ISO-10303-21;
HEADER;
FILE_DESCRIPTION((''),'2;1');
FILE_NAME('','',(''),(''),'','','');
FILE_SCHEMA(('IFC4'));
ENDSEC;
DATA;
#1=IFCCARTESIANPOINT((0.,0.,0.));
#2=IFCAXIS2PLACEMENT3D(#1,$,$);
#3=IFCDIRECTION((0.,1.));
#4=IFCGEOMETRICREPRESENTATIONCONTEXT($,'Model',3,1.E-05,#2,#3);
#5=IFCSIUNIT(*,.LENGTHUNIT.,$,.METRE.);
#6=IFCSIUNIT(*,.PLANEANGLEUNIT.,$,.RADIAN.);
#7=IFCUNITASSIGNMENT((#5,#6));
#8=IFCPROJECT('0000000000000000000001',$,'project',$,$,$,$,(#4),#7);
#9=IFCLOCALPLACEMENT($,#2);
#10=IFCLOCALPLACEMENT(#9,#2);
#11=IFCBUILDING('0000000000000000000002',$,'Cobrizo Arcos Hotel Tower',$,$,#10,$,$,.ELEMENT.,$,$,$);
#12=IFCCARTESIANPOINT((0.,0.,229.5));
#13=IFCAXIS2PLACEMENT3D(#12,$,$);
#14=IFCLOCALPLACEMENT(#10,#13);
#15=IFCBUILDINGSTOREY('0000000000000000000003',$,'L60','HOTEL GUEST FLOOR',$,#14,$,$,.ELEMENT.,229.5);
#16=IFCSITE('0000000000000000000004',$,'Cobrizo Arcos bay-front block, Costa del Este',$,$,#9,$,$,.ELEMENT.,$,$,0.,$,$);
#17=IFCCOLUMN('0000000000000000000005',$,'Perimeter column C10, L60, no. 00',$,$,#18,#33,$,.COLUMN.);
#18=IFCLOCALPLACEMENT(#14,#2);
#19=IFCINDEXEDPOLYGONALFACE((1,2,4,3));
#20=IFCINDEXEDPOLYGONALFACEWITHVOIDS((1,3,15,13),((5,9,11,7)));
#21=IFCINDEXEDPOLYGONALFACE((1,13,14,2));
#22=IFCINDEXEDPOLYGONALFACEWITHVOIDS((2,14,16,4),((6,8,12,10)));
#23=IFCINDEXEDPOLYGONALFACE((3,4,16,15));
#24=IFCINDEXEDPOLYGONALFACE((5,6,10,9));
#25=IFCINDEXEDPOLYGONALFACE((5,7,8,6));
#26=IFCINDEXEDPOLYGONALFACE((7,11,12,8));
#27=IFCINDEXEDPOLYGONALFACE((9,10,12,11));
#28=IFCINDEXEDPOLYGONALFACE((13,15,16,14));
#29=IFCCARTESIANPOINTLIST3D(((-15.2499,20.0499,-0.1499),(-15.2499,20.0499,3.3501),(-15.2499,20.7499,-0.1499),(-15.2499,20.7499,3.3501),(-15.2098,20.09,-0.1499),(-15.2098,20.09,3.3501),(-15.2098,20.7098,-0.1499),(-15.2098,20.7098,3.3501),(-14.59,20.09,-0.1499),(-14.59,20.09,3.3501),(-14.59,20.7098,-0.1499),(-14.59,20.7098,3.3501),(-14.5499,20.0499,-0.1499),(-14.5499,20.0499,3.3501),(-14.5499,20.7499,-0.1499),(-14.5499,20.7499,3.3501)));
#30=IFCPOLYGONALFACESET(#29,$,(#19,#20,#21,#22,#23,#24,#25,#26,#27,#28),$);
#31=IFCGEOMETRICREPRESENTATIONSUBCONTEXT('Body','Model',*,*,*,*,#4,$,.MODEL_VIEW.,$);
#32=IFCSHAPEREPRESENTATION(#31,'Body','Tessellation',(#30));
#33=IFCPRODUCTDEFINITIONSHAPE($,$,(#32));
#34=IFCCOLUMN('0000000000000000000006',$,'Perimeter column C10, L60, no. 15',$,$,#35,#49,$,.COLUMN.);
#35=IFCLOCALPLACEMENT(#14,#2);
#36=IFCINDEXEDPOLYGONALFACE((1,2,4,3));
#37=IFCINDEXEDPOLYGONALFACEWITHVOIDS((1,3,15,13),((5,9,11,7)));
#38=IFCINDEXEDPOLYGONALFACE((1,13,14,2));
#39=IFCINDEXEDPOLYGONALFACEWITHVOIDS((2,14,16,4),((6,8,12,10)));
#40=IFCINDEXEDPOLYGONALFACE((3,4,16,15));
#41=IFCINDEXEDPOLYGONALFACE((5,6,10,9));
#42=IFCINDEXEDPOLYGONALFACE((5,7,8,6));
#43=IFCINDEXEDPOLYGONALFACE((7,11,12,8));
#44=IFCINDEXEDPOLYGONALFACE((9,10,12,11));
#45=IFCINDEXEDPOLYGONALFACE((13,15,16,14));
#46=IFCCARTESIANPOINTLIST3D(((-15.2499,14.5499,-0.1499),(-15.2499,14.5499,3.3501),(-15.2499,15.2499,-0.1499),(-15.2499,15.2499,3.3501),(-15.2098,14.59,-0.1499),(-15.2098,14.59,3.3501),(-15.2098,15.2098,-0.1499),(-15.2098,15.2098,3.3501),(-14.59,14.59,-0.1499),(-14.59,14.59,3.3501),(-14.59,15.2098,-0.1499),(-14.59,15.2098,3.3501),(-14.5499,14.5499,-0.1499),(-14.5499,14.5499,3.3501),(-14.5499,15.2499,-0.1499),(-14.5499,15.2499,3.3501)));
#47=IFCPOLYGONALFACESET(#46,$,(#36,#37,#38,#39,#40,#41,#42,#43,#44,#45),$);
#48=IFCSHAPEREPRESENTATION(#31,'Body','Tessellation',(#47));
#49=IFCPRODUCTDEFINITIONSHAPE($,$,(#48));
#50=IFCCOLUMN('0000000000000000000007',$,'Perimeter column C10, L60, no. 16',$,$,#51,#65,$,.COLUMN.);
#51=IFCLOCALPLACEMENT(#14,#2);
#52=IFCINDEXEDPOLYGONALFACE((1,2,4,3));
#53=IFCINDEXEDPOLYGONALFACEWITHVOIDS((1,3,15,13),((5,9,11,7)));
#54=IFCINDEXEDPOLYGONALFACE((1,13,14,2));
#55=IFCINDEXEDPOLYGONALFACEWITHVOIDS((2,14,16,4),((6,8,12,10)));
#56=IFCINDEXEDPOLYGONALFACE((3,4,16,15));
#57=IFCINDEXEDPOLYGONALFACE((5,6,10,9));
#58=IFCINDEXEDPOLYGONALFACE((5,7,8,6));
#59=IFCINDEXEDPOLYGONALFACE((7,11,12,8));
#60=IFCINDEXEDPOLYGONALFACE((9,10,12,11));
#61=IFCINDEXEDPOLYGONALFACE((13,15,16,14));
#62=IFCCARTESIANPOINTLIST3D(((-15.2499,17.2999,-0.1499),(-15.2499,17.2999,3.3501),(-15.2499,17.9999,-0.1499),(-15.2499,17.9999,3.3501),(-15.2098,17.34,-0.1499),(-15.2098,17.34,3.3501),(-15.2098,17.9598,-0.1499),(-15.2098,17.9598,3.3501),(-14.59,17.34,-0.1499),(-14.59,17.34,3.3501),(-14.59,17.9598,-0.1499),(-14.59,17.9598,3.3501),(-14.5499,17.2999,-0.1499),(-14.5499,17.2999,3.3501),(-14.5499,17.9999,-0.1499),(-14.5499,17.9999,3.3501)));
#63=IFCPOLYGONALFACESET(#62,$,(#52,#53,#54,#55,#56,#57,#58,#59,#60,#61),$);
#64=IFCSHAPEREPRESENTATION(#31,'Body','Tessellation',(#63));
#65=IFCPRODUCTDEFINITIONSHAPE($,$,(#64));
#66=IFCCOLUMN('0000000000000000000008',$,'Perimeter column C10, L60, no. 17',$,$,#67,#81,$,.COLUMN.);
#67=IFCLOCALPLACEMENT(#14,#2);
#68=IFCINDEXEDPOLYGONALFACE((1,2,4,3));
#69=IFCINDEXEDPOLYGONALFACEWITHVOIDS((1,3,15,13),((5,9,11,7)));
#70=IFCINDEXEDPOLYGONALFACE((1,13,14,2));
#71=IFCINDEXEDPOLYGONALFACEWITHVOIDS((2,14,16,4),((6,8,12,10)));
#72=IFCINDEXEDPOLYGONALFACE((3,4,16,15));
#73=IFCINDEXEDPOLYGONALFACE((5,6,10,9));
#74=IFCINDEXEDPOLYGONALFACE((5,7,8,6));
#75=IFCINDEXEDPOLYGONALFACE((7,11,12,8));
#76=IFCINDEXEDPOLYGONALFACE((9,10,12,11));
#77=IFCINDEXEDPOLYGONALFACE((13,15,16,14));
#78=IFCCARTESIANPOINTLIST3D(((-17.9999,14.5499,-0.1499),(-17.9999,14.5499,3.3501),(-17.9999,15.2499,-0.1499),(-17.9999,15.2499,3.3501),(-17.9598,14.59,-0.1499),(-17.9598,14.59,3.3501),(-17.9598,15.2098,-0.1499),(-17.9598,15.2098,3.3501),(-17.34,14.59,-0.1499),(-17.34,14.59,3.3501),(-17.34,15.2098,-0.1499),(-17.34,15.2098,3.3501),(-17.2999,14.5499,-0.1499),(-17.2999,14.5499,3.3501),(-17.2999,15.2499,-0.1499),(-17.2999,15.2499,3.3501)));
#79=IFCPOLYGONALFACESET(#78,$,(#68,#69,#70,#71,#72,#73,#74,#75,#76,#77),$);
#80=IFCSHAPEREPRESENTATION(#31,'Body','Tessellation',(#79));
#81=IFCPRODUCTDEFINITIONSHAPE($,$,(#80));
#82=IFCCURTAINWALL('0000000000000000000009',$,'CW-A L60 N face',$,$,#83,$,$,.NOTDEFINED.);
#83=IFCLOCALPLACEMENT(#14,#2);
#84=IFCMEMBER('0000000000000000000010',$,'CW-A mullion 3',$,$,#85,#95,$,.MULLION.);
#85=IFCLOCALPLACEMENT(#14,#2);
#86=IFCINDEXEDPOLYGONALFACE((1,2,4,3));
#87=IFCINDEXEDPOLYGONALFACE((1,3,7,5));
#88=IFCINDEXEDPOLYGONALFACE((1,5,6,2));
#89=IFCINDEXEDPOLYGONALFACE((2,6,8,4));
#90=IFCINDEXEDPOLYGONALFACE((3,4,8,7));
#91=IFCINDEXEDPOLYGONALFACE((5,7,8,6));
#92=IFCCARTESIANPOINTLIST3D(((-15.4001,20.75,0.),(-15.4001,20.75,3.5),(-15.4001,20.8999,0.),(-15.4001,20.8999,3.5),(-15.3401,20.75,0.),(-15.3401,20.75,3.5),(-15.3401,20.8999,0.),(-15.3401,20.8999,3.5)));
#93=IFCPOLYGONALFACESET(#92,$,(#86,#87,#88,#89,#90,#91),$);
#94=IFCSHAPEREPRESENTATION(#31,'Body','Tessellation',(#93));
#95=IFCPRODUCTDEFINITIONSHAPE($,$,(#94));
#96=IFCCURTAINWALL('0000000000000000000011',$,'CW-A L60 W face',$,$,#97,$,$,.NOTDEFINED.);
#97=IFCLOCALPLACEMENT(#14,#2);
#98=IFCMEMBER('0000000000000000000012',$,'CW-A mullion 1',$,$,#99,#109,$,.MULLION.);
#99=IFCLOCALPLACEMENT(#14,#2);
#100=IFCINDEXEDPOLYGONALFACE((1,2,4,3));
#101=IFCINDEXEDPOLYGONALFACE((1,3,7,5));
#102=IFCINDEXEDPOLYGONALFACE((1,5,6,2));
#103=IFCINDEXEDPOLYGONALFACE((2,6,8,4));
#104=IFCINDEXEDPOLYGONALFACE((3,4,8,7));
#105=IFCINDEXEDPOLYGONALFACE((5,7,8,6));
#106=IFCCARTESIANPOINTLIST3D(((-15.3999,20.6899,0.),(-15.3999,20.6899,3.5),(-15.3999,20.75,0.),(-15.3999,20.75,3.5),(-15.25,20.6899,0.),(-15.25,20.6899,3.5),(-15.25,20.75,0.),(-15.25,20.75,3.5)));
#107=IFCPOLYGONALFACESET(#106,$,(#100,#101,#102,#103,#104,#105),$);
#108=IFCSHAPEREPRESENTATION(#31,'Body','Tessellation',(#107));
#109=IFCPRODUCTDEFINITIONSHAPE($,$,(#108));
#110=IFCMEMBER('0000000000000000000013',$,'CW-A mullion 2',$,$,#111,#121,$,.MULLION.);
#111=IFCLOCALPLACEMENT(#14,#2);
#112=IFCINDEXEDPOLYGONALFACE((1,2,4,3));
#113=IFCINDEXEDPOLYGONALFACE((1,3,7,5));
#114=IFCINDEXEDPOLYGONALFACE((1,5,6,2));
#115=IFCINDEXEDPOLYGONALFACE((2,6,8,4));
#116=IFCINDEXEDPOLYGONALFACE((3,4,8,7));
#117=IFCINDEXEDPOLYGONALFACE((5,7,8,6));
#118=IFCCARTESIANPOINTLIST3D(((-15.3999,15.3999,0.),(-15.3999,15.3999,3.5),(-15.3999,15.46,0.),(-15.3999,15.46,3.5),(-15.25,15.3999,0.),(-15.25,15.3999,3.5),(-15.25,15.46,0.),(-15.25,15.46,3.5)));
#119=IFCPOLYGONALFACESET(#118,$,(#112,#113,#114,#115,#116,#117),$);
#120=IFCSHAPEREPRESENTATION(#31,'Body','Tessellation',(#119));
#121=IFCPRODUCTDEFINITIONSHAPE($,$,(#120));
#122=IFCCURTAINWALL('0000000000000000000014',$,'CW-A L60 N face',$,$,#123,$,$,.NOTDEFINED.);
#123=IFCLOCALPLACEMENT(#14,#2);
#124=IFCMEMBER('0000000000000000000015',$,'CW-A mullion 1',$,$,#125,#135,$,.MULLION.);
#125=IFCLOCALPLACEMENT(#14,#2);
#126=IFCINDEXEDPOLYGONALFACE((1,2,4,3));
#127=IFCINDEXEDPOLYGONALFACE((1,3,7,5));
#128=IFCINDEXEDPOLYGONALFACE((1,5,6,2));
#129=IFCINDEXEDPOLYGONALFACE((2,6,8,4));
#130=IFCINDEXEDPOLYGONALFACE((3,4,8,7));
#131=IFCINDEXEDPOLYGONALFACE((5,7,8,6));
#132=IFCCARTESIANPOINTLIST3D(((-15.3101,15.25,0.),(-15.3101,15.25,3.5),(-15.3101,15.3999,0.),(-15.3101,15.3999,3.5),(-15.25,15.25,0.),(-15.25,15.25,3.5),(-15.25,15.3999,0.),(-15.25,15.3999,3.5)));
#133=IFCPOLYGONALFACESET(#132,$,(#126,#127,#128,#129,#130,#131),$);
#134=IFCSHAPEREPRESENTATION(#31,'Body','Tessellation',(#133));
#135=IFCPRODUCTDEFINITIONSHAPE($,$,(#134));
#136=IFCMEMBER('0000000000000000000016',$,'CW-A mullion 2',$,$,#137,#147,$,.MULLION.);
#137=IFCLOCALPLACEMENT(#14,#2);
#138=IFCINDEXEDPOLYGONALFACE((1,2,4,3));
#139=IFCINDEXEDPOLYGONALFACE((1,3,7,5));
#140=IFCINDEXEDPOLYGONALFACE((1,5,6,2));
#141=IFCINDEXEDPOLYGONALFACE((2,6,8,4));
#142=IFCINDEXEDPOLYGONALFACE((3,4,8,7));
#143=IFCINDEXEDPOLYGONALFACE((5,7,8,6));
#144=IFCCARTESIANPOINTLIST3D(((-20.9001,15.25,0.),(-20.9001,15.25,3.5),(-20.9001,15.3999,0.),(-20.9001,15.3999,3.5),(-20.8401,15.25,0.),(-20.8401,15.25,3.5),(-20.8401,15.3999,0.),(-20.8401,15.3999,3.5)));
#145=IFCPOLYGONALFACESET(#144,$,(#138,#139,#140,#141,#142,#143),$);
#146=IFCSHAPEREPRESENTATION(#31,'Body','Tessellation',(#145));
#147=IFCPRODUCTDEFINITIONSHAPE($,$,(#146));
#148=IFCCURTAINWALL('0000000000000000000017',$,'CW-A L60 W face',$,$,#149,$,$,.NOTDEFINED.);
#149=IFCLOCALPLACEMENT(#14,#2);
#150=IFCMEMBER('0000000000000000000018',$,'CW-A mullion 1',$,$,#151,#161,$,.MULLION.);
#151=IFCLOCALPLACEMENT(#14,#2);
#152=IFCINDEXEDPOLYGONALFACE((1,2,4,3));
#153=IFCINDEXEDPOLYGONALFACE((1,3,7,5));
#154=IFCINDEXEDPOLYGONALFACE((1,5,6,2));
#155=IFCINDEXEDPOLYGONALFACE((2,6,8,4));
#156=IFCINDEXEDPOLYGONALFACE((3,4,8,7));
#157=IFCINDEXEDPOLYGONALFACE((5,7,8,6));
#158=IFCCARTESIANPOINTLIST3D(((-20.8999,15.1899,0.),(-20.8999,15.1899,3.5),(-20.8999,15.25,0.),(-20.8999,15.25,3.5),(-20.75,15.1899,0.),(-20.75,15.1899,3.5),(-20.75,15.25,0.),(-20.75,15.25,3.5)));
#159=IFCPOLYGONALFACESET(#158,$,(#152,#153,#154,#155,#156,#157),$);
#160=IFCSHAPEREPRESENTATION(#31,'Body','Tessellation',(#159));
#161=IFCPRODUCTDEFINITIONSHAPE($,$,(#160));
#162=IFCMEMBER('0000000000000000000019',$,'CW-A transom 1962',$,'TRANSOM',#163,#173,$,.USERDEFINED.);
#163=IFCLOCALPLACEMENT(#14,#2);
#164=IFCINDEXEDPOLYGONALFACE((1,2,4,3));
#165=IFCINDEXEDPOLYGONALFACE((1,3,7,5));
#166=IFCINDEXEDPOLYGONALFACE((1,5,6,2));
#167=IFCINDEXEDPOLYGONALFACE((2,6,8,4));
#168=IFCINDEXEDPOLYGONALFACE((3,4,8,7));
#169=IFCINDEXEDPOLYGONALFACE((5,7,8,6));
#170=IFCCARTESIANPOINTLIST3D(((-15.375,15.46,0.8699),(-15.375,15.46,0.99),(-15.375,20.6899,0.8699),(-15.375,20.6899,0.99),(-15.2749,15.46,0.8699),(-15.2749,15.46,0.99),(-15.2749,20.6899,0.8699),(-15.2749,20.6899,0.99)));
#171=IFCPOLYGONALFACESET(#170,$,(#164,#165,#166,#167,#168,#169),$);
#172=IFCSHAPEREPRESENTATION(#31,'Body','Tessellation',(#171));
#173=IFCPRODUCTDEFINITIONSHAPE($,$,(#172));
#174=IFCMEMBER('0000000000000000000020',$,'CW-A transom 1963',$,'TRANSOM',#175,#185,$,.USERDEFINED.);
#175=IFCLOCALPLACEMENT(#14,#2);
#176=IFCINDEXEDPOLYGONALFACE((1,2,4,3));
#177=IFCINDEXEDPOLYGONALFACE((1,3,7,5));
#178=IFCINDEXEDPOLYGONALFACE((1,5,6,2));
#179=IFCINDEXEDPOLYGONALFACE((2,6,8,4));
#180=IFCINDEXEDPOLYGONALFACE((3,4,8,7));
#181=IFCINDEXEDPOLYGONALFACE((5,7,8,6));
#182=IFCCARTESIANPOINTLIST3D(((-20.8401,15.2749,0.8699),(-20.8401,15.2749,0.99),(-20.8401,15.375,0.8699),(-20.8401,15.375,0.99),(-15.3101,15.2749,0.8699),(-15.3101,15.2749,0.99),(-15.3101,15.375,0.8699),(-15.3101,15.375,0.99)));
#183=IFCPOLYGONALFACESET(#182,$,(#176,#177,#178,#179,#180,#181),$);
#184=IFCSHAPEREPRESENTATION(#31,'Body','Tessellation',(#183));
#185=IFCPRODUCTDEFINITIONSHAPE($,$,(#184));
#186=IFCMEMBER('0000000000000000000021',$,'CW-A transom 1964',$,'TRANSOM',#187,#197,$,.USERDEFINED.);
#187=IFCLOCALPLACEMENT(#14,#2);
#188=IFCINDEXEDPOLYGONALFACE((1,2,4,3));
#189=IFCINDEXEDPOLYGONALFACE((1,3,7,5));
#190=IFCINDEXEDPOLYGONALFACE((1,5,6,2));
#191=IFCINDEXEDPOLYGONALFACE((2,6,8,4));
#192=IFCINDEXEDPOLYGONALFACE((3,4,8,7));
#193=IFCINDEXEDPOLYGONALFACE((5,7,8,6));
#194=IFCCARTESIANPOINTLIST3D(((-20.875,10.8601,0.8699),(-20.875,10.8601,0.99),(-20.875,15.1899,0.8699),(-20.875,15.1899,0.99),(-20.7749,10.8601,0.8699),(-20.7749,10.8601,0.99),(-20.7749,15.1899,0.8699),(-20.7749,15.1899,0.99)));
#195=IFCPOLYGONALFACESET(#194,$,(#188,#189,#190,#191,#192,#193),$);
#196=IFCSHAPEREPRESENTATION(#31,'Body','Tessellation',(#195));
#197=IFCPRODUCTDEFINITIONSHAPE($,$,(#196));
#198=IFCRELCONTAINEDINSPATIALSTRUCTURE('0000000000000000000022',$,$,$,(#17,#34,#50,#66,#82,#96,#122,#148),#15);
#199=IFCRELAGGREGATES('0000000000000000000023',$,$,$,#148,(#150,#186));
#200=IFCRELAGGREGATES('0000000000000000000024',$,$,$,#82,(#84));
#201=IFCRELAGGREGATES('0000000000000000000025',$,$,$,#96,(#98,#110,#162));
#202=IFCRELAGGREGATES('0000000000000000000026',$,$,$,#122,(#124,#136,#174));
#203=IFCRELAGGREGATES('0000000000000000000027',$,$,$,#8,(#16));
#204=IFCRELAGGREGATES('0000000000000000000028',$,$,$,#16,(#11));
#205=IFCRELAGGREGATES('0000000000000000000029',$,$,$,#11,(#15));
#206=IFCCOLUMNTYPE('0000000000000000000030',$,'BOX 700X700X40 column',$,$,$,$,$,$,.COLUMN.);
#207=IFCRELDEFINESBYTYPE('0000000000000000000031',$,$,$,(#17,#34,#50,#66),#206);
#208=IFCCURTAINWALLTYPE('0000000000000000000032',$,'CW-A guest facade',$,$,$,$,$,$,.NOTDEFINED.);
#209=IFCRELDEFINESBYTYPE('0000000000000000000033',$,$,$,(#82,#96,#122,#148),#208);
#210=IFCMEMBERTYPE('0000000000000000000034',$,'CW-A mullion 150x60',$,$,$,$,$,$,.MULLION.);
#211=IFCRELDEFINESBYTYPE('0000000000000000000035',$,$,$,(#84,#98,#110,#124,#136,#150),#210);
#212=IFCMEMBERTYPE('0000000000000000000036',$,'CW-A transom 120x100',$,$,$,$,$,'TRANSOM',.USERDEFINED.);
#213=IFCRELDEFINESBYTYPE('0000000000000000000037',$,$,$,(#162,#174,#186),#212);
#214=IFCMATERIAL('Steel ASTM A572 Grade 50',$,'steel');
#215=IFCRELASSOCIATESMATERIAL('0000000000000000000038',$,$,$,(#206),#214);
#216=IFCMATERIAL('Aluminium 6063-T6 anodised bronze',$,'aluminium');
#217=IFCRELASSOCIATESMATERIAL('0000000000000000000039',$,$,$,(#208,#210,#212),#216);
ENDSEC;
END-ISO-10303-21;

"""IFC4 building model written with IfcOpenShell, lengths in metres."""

from ifc_helpers import new_model, si_unit, direction, frame, origin, origin_2d, place, context, subcontext, project, spatial, rectangle, hollow_rectangle, extrude, material, material_profile, profile_set, type_object, element, aggregate, save


model = new_model("IFC4")

# Units and contexts
model_context = context("Model", 3, precision=1e-05, world=origin(), true_north=direction((0.0, 1.0)))
body_context = subcontext(model_context, "Body", "Model", "MODEL_VIEW")
ifc_project = project(units=[si_unit("LENGTHUNIT", "METRE"), si_unit("PLANEANGLEUNIT", "RADIAN")], contexts=[model_context])

# Site, building, storey
site_placement = place(None, origin())
site = spatial("IfcSite", under=ifc_project, at=site_placement, Name="Cobrizo Arcos bay-front block, Costa del Este", CompositionType="ELEMENT", RefElevation=0.0)
building_placement = place(site_placement, origin())
building = spatial("IfcBuilding", under=site, at=building_placement, Name="Cobrizo Arcos Hotel Tower", CompositionType="ELEMENT")
storey_placement = place(building_placement, frame((0.0, 0.0, 229.5)))
storey = spatial("IfcBuildingStorey", under=building, at=storey_placement, Name="L60", Description="HOTEL GUEST FLOOR", CompositionType="ELEMENT", Elevation=229.5)

# Columns
ifc_material_1 = material(Name="Steel ASTM A572 Grade 50", Category="steel")
ifc_material_profile_1 = material_profile(ifc_material_1, hollow_rectangle(XDim=0.7, YDim=0.7, WallThickness=0.04, at=origin_2d()), Name="BOX 700X700X40")
ifc_profile_set_1 = profile_set([ifc_material_profile_1], Name="Steel ASTM A572 Grade 50")
column_type = type_object("IfcColumnType", Name="BOX 700X700X40 column", PredefinedType="COLUMN", material=ifc_profile_set_1)
for number, where, z_axis, x_axis, name in (
    (1, (-14.8999, 20.3999, -0.1499), (0.0, 0.0, 1.0), (1.0, 0.0, 0.0), "Perimeter column C10, L60, no. 00"),
    (2, (-14.8999, 14.8999, -0.1499), (0.0, 0.0, 1.0), (1.0, 0.0, 0.0), "Perimeter column C10, L60, no. 15"),
    (3, (-14.8999, 17.6499, -0.1499), (0.0, 0.0, 1.0), (1.0, 0.0, 0.0), "Perimeter column C10, L60, no. 16"),
    (4, (-17.6499, 14.8999, -0.1499), (0.0, 0.0, 1.0), (1.0, 0.0, 0.0), "Perimeter column C10, L60, no. 17"),
):
    element("IfcColumn", number, at=place(storey_placement, frame(where, z_axis=z_axis, x_axis=x_axis)), inside=storey, type_object=column_type, Name=name, PredefinedType="COLUMN", context=body_context, shape_type="SweptSolid", body=[
        extrude(hollow_rectangle(XDim=0.7, YDim=0.7, WallThickness=0.04, at=origin_2d()), origin(), (0.0, 0.0, 1.0), 3.5),
    ])

# Curtain wall, member
ifc_material_2 = material(Name="Aluminium 6063-T6 anodised bronze", Category="aluminium")
curtain_wall_type = type_object("IfcCurtainWallType", Name="CW-A guest facade", PredefinedType="NOTDEFINED", material=ifc_material_2)
curtain_wall_1_placement = place(storey_placement, origin())
curtain_wall_1 = element("IfcCurtainWall", 5, at=curtain_wall_1_placement, inside=storey, type_object=curtain_wall_type, Name="CW-A L60 N face", PredefinedType="NOTDEFINED")
ifc_material_profile_2 = material_profile(ifc_material_2, rectangle(XDim=0.1499, YDim=0.0601, at=origin_2d()), Name="CW-A mullion 150x60")
ifc_profile_set_2 = profile_set([ifc_material_profile_2], Name="Aluminium 6063-T6 anodised bronze")
member_type_1 = type_object("IfcMemberType", Name="CW-A mullion 150x60", PredefinedType="MULLION", material=ifc_profile_set_2)
member_1_placement = place(storey_placement, frame((-15.3701, 20.825, 0.0), z_axis=(0.0, 0.0, 1.0), x_axis=(0.0, 1.0, 0.0)))
member_1 = element("IfcMember", 6, at=member_1_placement, type_object=member_type_1, Name="CW-A mullion 3", PredefinedType="MULLION", context=body_context, shape_type="SweptSolid", body=[
    extrude(rectangle(XDim=0.1499, YDim=0.0601, at=origin_2d()), origin(), (0.0, 0.0, 1.0), 3.5),
])

# Curtain walls, members
curtain_wall_2_placement = place(storey_placement, origin())
curtain_wall_2 = element("IfcCurtainWall", 7, at=curtain_wall_2_placement, inside=storey, type_object=curtain_wall_type, Name="CW-A L60 W face", PredefinedType="NOTDEFINED")
member_2_placement = place(storey_placement, frame((-15.325, 20.72, 0.0), z_axis=(0.0, 0.0, 1.0), x_axis=(-1.0, 0.0, 0.0)))
member_2 = element("IfcMember", 8, at=member_2_placement, type_object=member_type_1, Name="CW-A mullion 1", PredefinedType="MULLION", context=body_context, shape_type="SweptSolid", body=[
    extrude(rectangle(XDim=0.1499, YDim=0.0601, at=origin_2d()), origin(), (0.0, 0.0, 1.0), 3.5),
])
member_3_placement = place(storey_placement, frame((-15.325, 15.4299, 0.0), z_axis=(0.0, 0.0, 1.0), x_axis=(-1.0, 0.0, 0.0)))
member_3 = element("IfcMember", 9, at=member_3_placement, type_object=member_type_1, Name="CW-A mullion 2", PredefinedType="MULLION", context=body_context, shape_type="SweptSolid", body=[
    extrude(rectangle(XDim=0.1499, YDim=0.0601, at=origin_2d()), origin(), (0.0, 0.0, 1.0), 3.5),
])
curtain_wall_3_placement = place(storey_placement, origin())
curtain_wall_3 = element("IfcCurtainWall", 10, at=curtain_wall_3_placement, inside=storey, type_object=curtain_wall_type, Name="CW-A L60 N face", PredefinedType="NOTDEFINED")
member_4_placement = place(storey_placement, frame((-15.28, 15.325, 0.0), z_axis=(0.0, 0.0, 1.0), x_axis=(0.0, 1.0, 0.0)))
member_4 = element("IfcMember", 11, at=member_4_placement, type_object=member_type_1, Name="CW-A mullion 1", PredefinedType="MULLION", context=body_context, shape_type="SweptSolid", body=[
    extrude(rectangle(XDim=0.1499, YDim=0.0601, at=origin_2d()), origin(), (0.0, 0.0, 1.0), 3.5),
])
member_5_placement = place(storey_placement, frame((-20.8701, 15.325, 0.0), z_axis=(0.0, 0.0, 1.0), x_axis=(0.0, 1.0, 0.0)))
member_5 = element("IfcMember", 12, at=member_5_placement, type_object=member_type_1, Name="CW-A mullion 2", PredefinedType="MULLION", context=body_context, shape_type="SweptSolid", body=[
    extrude(rectangle(XDim=0.1499, YDim=0.0601, at=origin_2d()), origin(), (0.0, 0.0, 1.0), 3.5),
])

# Curtain wall, member
curtain_wall_4_placement = place(storey_placement, origin())
curtain_wall_4 = element("IfcCurtainWall", 13, at=curtain_wall_4_placement, inside=storey, type_object=curtain_wall_type, Name="CW-A L60 W face", PredefinedType="NOTDEFINED")
member_6_placement = place(storey_placement, frame((-20.825, 15.22, 0.0), z_axis=(0.0, 0.0, 1.0), x_axis=(-1.0, 0.0, 0.0)))
member_6 = element("IfcMember", 14, at=member_6_placement, type_object=member_type_1, Name="CW-A mullion 1", PredefinedType="MULLION", context=body_context, shape_type="SweptSolid", body=[
    extrude(rectangle(XDim=0.1499, YDim=0.0601, at=origin_2d()), origin(), (0.0, 0.0, 1.0), 3.5),
])

# Members
ifc_material_profile_3 = material_profile(ifc_material_2, rectangle(XDim=0.1001, YDim=0.1201, at=origin_2d()), Name="CW-A transom 120x100")
ifc_profile_set_3 = profile_set([ifc_material_profile_3], Name="Aluminium 6063-T6 anodised bronze")
member_type_2 = type_object("IfcMemberType", Name="CW-A transom 120x100", ElementType="TRANSOM", PredefinedType="USERDEFINED", material=ifc_profile_set_3)
member_7_placement = place(storey_placement, frame((-15.325, 20.6899, 0.9299), z_axis=(0.0, -1.0, 0.0), x_axis=(1.0, 0.0, 0.0)))
member_7 = element("IfcMember", 15, at=member_7_placement, type_object=member_type_2, Name="CW-A transom 1962", ObjectType="TRANSOM", PredefinedType="USERDEFINED", context=body_context, shape_type="SweptSolid", body=[
    extrude(rectangle(XDim=0.1001, YDim=0.1201, at=origin_2d()), origin(), (0.0, 0.0, 1.0), 5.23),
])
member_8_placement = place(storey_placement, frame((-15.3101, 15.325, 0.9299), z_axis=(-1.0, 0.0, 0.0), x_axis=(0.0, -1.0, 0.0)))
member_8 = element("IfcMember", 16, at=member_8_placement, type_object=member_type_2, Name="CW-A transom 1963", ObjectType="TRANSOM", PredefinedType="USERDEFINED", context=body_context, shape_type="SweptSolid", body=[
    extrude(rectangle(XDim=0.1001, YDim=0.1201, at=origin_2d()), origin(), (0.0, 0.0, 1.0), 5.53),
])
member_9_placement = place(storey_placement, frame((-20.825, 15.1899, 0.9299), z_axis=(0.0, -1.0, 0.0), x_axis=(1.0, 0.0, 0.0)))
member_9 = element("IfcMember", 17, at=member_9_placement, type_object=member_type_2, Name="CW-A transom 1964", ObjectType="TRANSOM", PredefinedType="USERDEFINED", context=body_context, shape_type="SweptSolid", body=[
    extrude(rectangle(XDim=0.1001, YDim=0.1201, at=origin_2d()), origin(), (0.0, 0.0, 1.0), 4.3298),
])
aggregate(curtain_wall_4, [member_6, member_9])

aggregate(curtain_wall_1, [member_1])
aggregate(curtain_wall_2, [member_2, member_3, member_7])
aggregate(curtain_wall_3, [member_4, member_5, member_8])

save(model, "model.ifc")
